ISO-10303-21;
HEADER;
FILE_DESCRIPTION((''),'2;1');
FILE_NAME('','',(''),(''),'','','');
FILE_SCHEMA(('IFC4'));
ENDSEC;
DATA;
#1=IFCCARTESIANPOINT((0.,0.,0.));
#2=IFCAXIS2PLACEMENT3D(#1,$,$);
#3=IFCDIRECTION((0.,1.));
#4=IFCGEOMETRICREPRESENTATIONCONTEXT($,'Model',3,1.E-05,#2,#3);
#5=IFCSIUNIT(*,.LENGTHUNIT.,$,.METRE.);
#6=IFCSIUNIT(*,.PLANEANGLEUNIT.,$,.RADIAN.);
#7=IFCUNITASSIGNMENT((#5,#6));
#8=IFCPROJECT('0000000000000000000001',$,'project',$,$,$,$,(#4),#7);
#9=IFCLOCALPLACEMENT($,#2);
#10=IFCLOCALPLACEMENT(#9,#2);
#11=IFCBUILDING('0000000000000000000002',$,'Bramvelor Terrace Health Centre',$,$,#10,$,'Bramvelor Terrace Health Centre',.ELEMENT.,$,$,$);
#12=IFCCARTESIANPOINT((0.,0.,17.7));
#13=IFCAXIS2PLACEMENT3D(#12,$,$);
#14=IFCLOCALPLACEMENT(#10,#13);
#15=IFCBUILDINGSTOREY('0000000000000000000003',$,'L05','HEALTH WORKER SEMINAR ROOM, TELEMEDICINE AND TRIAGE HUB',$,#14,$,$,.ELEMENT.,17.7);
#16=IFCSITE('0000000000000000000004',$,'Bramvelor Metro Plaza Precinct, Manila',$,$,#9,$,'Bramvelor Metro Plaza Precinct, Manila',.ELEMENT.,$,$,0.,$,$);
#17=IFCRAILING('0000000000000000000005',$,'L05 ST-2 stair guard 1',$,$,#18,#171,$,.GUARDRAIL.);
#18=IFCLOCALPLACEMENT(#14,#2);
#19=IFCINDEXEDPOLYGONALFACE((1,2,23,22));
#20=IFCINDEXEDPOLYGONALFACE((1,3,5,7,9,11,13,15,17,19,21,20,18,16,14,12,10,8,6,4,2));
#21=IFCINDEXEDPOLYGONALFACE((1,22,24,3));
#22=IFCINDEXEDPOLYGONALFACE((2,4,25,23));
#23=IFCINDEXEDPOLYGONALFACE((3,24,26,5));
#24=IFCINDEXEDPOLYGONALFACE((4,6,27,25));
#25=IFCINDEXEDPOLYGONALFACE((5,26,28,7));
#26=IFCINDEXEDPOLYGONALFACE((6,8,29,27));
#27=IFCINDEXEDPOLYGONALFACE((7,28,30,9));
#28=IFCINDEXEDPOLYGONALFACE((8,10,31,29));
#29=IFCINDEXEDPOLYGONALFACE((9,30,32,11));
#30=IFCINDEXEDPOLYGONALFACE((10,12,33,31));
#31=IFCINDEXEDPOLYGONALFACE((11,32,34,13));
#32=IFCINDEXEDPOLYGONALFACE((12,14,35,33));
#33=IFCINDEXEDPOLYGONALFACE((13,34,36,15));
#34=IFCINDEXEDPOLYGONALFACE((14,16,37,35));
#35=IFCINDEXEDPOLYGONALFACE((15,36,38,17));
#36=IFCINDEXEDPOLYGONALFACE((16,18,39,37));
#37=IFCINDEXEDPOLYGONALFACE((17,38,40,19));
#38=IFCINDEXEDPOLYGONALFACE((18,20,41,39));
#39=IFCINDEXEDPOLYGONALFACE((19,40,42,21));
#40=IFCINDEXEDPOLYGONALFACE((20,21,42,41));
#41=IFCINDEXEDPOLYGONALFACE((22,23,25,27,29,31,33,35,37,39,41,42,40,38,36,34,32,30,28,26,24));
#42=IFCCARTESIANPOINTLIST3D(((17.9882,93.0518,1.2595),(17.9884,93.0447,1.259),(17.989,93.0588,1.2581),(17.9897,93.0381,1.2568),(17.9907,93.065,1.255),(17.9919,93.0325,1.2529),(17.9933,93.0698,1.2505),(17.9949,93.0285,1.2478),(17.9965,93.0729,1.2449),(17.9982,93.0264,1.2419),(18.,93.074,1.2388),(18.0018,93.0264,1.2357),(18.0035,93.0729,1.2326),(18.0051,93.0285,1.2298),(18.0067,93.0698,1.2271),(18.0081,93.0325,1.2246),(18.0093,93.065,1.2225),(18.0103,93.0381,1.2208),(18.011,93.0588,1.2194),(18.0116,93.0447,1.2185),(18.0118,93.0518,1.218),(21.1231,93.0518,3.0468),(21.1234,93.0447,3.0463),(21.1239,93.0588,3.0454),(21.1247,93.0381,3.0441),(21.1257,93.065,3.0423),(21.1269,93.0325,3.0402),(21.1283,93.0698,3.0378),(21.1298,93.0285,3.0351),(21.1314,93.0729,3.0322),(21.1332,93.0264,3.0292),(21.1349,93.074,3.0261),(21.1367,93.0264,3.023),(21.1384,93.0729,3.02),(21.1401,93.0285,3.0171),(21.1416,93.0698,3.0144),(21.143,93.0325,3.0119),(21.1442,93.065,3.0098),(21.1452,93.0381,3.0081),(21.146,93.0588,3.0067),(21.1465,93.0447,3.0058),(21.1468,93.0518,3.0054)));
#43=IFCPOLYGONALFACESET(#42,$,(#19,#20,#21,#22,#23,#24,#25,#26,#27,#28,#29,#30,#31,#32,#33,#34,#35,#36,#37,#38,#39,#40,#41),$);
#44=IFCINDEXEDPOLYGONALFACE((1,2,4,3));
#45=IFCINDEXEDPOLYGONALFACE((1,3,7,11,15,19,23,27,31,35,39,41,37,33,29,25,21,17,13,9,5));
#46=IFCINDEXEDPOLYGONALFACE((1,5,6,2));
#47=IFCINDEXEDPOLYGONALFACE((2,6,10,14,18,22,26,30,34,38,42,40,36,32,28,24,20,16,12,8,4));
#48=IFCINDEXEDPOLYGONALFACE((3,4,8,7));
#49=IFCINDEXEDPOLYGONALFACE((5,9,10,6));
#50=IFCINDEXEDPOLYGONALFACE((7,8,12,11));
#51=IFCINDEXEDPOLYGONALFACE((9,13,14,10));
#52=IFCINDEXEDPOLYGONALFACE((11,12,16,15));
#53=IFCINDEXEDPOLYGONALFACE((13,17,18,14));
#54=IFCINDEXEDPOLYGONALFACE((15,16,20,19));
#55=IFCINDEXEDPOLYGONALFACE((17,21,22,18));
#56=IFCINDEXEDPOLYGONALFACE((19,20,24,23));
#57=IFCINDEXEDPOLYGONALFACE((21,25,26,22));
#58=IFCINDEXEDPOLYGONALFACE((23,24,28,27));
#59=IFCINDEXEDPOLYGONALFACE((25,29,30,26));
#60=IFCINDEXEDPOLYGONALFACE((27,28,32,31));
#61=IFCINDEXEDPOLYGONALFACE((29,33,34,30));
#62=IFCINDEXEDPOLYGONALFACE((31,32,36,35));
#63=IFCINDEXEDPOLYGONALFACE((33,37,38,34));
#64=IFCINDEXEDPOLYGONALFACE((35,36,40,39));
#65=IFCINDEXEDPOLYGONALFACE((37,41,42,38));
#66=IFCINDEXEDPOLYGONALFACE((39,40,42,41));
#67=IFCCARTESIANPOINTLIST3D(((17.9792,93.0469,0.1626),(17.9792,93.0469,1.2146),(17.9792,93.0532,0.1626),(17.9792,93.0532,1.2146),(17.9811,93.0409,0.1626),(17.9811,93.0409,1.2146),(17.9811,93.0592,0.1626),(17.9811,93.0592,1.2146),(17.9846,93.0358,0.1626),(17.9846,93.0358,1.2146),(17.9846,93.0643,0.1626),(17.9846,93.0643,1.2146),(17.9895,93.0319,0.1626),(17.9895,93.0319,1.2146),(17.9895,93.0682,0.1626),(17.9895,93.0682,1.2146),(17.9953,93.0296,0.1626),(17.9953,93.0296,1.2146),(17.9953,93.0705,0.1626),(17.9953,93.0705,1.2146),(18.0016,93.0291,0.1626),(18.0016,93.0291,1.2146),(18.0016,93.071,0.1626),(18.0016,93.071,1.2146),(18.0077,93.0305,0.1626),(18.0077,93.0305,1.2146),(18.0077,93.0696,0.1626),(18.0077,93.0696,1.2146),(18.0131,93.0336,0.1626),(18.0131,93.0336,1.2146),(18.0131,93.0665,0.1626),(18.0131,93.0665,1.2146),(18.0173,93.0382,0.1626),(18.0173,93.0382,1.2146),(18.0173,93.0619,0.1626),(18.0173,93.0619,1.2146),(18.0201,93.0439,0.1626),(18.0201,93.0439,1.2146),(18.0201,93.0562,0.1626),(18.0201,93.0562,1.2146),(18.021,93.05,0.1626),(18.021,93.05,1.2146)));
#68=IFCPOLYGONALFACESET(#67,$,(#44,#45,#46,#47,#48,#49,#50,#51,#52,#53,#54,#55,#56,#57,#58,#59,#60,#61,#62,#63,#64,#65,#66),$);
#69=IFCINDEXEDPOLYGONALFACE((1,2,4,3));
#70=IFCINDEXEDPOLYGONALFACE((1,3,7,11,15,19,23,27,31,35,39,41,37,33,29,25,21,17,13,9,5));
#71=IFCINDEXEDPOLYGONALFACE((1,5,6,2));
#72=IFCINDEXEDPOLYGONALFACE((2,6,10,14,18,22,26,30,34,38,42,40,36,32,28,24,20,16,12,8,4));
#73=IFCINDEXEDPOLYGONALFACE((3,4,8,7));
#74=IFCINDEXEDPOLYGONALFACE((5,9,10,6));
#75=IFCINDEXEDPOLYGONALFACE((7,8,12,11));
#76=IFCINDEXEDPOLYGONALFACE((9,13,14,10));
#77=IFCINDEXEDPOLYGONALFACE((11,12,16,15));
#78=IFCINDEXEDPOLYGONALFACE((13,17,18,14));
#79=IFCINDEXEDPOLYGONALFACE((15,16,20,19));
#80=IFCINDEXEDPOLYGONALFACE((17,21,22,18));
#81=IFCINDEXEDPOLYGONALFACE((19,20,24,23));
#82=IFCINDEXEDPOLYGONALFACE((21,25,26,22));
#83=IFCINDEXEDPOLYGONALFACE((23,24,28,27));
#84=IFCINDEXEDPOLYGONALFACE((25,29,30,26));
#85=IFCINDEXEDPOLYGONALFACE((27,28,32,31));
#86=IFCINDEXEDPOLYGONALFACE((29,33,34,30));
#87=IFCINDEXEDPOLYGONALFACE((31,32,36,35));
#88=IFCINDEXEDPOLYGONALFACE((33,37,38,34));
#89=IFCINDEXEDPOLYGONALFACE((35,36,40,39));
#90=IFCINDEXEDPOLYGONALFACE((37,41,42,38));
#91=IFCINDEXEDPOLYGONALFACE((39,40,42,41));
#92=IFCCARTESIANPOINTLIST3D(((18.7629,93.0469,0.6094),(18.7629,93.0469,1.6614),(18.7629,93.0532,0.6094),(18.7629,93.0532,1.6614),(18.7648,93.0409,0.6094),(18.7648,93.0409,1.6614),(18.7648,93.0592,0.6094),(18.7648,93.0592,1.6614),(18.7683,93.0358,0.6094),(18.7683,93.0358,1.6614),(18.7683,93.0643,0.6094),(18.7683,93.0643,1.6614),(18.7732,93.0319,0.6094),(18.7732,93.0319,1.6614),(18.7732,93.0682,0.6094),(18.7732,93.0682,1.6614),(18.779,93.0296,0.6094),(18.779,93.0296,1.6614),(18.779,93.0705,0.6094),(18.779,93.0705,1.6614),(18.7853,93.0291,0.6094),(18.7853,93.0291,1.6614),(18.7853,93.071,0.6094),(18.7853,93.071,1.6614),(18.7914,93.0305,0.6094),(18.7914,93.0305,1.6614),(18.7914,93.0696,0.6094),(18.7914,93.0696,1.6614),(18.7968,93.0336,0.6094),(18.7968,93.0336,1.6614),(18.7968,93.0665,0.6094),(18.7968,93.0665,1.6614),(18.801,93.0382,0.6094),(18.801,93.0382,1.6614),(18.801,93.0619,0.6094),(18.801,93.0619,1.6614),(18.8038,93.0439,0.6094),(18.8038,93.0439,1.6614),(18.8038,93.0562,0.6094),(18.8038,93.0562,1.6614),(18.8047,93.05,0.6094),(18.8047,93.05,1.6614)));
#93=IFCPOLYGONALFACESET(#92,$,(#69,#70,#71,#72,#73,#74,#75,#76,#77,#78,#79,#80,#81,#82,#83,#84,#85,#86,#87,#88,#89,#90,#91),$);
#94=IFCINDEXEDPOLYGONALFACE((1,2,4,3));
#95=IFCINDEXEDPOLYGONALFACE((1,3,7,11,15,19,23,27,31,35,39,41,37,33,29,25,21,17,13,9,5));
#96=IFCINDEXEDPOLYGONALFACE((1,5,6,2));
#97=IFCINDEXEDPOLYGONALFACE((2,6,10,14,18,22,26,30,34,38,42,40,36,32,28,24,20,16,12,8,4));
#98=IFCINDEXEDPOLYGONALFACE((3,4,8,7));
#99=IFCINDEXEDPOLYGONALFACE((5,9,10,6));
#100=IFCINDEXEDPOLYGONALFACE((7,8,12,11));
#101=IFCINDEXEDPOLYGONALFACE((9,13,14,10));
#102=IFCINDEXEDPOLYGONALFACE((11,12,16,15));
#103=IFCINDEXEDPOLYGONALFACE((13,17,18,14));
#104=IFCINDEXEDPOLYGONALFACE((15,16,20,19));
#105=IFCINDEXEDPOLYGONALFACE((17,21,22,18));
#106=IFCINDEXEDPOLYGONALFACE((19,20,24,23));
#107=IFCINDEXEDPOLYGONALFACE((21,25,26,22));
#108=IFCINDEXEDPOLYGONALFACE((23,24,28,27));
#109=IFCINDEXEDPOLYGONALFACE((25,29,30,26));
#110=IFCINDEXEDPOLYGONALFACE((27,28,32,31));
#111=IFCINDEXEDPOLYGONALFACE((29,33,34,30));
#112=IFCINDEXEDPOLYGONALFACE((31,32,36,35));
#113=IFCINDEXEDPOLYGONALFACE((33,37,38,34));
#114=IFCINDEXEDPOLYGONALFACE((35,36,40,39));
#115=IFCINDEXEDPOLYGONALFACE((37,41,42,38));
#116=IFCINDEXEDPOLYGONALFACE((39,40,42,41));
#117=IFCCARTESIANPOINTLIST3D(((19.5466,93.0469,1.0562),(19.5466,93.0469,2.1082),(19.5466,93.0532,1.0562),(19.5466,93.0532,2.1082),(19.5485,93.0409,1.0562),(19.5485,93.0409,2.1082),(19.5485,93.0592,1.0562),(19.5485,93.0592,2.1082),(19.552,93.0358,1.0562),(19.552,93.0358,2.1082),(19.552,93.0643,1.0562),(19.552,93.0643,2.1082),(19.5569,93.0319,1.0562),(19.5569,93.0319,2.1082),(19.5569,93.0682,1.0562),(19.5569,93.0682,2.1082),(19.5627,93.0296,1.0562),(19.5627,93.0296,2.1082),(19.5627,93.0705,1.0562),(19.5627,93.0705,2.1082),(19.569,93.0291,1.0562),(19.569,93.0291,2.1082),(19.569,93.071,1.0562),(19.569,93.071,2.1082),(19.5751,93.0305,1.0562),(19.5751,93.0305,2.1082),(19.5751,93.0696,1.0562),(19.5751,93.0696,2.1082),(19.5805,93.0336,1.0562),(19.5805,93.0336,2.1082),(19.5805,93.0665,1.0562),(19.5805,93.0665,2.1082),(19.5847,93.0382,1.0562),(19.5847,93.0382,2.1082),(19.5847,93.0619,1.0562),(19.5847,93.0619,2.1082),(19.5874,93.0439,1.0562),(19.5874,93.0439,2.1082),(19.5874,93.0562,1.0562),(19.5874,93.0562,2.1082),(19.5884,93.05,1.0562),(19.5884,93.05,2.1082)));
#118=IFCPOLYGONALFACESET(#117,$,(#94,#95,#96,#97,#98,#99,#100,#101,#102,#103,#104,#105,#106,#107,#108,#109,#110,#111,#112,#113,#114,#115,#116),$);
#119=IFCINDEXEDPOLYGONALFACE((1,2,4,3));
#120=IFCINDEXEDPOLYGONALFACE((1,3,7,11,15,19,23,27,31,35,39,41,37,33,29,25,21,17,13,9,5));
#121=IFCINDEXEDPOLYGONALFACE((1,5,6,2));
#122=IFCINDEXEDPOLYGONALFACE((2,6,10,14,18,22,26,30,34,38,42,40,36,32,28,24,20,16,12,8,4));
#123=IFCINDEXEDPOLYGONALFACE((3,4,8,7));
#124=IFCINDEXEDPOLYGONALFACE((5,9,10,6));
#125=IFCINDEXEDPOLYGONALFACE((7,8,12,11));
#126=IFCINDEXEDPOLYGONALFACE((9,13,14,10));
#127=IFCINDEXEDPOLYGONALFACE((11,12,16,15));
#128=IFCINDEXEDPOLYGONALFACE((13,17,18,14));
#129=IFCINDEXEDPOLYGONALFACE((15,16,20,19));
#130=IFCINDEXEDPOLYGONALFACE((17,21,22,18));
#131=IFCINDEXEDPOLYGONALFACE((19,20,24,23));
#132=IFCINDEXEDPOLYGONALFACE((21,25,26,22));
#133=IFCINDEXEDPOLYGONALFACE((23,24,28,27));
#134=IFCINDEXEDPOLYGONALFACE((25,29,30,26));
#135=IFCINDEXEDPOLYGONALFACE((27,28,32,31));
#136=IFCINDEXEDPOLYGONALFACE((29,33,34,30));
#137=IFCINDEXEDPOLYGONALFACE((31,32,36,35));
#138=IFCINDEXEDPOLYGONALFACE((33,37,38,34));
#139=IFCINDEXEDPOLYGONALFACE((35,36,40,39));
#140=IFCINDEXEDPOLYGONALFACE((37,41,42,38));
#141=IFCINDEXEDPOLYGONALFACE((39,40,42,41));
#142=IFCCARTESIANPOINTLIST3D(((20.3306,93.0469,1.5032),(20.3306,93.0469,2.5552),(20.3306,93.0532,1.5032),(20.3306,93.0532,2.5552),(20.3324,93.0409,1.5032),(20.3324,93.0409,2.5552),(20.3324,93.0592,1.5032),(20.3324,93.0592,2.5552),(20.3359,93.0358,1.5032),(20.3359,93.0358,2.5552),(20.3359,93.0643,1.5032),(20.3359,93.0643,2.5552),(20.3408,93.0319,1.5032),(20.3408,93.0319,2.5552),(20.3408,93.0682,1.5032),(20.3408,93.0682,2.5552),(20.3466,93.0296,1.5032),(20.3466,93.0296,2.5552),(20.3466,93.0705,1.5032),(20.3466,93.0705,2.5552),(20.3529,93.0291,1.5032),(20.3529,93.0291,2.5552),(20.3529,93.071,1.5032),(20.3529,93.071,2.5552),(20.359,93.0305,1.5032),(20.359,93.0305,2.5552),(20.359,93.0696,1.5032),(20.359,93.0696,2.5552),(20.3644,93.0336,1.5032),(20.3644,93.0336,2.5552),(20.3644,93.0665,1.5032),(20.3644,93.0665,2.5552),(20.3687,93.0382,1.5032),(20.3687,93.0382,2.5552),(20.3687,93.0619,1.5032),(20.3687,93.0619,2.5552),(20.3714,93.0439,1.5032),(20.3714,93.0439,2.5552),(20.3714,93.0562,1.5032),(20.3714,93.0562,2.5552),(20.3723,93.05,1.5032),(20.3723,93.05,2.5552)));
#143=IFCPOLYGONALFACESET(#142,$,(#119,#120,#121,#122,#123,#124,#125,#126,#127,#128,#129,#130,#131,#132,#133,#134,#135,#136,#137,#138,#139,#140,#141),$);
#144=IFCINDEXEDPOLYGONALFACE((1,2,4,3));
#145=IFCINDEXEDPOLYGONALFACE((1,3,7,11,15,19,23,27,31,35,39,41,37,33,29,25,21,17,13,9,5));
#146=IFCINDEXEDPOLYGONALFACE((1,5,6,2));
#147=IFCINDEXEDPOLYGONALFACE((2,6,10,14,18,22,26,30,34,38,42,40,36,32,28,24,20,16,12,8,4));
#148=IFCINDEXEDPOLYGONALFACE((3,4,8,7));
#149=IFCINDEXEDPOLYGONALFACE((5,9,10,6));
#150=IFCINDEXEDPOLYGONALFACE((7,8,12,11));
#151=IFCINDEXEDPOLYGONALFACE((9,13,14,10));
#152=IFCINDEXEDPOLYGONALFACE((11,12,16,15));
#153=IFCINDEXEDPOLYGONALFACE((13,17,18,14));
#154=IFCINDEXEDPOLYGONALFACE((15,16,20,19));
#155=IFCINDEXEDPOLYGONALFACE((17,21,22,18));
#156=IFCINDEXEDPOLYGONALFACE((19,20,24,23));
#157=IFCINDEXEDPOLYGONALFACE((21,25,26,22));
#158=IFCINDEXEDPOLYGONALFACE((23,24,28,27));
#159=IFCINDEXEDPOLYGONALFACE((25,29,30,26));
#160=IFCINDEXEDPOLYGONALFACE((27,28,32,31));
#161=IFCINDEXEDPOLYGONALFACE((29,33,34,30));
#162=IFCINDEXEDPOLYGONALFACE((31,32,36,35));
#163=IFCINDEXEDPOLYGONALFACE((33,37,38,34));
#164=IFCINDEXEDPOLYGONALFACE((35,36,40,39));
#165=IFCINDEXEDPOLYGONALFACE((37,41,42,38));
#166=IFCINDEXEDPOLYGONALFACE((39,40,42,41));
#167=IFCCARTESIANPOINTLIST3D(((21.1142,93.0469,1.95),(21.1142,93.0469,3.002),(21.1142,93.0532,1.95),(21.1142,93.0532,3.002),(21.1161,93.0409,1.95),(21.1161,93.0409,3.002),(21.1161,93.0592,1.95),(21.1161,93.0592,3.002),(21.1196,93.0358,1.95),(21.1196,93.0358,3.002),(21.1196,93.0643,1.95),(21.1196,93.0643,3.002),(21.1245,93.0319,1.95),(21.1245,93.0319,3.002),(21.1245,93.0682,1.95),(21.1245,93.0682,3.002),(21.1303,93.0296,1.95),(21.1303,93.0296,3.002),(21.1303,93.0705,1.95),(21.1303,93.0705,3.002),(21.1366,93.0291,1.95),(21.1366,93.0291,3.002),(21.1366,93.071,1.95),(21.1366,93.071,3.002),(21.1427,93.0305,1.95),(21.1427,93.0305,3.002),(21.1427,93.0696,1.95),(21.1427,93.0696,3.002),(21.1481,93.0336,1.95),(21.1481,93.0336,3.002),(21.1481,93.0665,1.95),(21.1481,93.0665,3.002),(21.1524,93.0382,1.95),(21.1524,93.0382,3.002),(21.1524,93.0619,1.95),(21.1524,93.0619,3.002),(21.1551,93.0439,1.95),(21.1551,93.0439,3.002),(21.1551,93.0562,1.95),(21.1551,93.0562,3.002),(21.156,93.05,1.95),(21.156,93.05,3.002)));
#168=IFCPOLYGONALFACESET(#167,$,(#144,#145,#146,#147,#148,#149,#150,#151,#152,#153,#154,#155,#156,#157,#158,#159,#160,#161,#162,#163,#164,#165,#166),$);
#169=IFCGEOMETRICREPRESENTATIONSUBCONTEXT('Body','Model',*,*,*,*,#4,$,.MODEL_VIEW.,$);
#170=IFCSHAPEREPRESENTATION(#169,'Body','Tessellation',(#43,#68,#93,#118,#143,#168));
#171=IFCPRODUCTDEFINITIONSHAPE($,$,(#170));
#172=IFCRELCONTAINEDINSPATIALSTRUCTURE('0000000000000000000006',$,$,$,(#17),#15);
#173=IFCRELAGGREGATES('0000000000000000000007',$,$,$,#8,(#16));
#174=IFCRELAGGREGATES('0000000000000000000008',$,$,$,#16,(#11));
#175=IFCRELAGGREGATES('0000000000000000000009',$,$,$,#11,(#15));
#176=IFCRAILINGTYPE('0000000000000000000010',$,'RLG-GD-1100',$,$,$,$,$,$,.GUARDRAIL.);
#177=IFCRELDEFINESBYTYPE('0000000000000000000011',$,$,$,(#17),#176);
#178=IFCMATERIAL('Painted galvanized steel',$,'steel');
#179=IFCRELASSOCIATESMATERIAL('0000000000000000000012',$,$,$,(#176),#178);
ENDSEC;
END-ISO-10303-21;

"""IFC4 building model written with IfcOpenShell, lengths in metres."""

from ifc_helpers import new_model, si_unit, direction, frame, origin, origin_2d, place, context, subcontext, project, spatial, circle, extrude, material, type_object, element, save


model = new_model("IFC4")

# Units and contexts
model_context = context("Model", 3, precision=1e-05, world=origin(), true_north=direction((0.0, 1.0)))
body_context = subcontext(model_context, "Body", "Model", "MODEL_VIEW")
ifc_project = project(units=[si_unit("LENGTHUNIT", "METRE"), si_unit("PLANEANGLEUNIT", "RADIAN")], contexts=[model_context])

# Site, building, storey
site_placement = place(None, origin())
site = spatial("IfcSite", under=ifc_project, at=site_placement, Name="Bramvelor Metro Plaza Precinct, Manila", LongName="Bramvelor Metro Plaza Precinct, Manila", CompositionType="ELEMENT", RefElevation=0.0)
building_placement = place(site_placement, origin())
building = spatial("IfcBuilding", under=site, at=building_placement, Name="Bramvelor Terrace Health Centre", LongName="Bramvelor Terrace Health Centre", CompositionType="ELEMENT")
storey_placement = place(building_placement, frame((0.0, 0.0, 17.7)))
storey = spatial("IfcBuildingStorey", under=building, at=storey_placement, Name="L05", Description="HEALTH WORKER SEMINAR ROOM, TELEMEDICINE AND TRIAGE HUB", CompositionType="ELEMENT", Elevation=17.7)

# Railing
ifc_material_1 = material(Name="Painted galvanized steel", Category="steel")
railing_type_1 = type_object("IfcRailingType", Name="RLG-GD-1100", PredefinedType="GUARDRAIL", material=ifc_material_1)
railing_1_placement = place(storey_placement, frame((18.0, 93.05, 0.1626)))
element("IfcRailing", 1, at=railing_1_placement, inside=storey, type_object=railing_type_1, Name="L05 ST-2 stair guard 1", PredefinedType="GUARDRAIL", context=body_context, shape_type="SweptSolid", body=[
    extrude(circle(Radius=0.0239, at=origin_2d()), frame((0.0, 0.0, 1.0762), z_axis=(0.86873, 0.0, 0.495286), x_axis=(0.0, 1.0, 0.0)), (0.0, 0.0, 1.0), 3.6086),
    extrude(circle(Radius=0.021, at=origin_2d()), origin(), (0.0, 0.0, 1.0), 1.052),
    extrude(circle(Radius=0.021, at=origin_2d()), frame((0.7837, 0.0, 0.4468)), (0.0, 0.0, 1.0), 1.052),
    extrude(circle(Radius=0.021, at=origin_2d()), frame((1.5674, 0.0, 0.8936)), (0.0, 0.0, 1.0), 1.052),
    extrude(circle(Radius=0.021, at=origin_2d()), frame((2.3513, 0.0, 1.3406)), (0.0, 0.0, 1.0), 1.052),
    extrude(circle(Radius=0.021, at=origin_2d()), frame((3.135, 0.0, 1.7874)), (0.0, 0.0, 1.0), 1.052),
])

save(model, "model.ifc")
